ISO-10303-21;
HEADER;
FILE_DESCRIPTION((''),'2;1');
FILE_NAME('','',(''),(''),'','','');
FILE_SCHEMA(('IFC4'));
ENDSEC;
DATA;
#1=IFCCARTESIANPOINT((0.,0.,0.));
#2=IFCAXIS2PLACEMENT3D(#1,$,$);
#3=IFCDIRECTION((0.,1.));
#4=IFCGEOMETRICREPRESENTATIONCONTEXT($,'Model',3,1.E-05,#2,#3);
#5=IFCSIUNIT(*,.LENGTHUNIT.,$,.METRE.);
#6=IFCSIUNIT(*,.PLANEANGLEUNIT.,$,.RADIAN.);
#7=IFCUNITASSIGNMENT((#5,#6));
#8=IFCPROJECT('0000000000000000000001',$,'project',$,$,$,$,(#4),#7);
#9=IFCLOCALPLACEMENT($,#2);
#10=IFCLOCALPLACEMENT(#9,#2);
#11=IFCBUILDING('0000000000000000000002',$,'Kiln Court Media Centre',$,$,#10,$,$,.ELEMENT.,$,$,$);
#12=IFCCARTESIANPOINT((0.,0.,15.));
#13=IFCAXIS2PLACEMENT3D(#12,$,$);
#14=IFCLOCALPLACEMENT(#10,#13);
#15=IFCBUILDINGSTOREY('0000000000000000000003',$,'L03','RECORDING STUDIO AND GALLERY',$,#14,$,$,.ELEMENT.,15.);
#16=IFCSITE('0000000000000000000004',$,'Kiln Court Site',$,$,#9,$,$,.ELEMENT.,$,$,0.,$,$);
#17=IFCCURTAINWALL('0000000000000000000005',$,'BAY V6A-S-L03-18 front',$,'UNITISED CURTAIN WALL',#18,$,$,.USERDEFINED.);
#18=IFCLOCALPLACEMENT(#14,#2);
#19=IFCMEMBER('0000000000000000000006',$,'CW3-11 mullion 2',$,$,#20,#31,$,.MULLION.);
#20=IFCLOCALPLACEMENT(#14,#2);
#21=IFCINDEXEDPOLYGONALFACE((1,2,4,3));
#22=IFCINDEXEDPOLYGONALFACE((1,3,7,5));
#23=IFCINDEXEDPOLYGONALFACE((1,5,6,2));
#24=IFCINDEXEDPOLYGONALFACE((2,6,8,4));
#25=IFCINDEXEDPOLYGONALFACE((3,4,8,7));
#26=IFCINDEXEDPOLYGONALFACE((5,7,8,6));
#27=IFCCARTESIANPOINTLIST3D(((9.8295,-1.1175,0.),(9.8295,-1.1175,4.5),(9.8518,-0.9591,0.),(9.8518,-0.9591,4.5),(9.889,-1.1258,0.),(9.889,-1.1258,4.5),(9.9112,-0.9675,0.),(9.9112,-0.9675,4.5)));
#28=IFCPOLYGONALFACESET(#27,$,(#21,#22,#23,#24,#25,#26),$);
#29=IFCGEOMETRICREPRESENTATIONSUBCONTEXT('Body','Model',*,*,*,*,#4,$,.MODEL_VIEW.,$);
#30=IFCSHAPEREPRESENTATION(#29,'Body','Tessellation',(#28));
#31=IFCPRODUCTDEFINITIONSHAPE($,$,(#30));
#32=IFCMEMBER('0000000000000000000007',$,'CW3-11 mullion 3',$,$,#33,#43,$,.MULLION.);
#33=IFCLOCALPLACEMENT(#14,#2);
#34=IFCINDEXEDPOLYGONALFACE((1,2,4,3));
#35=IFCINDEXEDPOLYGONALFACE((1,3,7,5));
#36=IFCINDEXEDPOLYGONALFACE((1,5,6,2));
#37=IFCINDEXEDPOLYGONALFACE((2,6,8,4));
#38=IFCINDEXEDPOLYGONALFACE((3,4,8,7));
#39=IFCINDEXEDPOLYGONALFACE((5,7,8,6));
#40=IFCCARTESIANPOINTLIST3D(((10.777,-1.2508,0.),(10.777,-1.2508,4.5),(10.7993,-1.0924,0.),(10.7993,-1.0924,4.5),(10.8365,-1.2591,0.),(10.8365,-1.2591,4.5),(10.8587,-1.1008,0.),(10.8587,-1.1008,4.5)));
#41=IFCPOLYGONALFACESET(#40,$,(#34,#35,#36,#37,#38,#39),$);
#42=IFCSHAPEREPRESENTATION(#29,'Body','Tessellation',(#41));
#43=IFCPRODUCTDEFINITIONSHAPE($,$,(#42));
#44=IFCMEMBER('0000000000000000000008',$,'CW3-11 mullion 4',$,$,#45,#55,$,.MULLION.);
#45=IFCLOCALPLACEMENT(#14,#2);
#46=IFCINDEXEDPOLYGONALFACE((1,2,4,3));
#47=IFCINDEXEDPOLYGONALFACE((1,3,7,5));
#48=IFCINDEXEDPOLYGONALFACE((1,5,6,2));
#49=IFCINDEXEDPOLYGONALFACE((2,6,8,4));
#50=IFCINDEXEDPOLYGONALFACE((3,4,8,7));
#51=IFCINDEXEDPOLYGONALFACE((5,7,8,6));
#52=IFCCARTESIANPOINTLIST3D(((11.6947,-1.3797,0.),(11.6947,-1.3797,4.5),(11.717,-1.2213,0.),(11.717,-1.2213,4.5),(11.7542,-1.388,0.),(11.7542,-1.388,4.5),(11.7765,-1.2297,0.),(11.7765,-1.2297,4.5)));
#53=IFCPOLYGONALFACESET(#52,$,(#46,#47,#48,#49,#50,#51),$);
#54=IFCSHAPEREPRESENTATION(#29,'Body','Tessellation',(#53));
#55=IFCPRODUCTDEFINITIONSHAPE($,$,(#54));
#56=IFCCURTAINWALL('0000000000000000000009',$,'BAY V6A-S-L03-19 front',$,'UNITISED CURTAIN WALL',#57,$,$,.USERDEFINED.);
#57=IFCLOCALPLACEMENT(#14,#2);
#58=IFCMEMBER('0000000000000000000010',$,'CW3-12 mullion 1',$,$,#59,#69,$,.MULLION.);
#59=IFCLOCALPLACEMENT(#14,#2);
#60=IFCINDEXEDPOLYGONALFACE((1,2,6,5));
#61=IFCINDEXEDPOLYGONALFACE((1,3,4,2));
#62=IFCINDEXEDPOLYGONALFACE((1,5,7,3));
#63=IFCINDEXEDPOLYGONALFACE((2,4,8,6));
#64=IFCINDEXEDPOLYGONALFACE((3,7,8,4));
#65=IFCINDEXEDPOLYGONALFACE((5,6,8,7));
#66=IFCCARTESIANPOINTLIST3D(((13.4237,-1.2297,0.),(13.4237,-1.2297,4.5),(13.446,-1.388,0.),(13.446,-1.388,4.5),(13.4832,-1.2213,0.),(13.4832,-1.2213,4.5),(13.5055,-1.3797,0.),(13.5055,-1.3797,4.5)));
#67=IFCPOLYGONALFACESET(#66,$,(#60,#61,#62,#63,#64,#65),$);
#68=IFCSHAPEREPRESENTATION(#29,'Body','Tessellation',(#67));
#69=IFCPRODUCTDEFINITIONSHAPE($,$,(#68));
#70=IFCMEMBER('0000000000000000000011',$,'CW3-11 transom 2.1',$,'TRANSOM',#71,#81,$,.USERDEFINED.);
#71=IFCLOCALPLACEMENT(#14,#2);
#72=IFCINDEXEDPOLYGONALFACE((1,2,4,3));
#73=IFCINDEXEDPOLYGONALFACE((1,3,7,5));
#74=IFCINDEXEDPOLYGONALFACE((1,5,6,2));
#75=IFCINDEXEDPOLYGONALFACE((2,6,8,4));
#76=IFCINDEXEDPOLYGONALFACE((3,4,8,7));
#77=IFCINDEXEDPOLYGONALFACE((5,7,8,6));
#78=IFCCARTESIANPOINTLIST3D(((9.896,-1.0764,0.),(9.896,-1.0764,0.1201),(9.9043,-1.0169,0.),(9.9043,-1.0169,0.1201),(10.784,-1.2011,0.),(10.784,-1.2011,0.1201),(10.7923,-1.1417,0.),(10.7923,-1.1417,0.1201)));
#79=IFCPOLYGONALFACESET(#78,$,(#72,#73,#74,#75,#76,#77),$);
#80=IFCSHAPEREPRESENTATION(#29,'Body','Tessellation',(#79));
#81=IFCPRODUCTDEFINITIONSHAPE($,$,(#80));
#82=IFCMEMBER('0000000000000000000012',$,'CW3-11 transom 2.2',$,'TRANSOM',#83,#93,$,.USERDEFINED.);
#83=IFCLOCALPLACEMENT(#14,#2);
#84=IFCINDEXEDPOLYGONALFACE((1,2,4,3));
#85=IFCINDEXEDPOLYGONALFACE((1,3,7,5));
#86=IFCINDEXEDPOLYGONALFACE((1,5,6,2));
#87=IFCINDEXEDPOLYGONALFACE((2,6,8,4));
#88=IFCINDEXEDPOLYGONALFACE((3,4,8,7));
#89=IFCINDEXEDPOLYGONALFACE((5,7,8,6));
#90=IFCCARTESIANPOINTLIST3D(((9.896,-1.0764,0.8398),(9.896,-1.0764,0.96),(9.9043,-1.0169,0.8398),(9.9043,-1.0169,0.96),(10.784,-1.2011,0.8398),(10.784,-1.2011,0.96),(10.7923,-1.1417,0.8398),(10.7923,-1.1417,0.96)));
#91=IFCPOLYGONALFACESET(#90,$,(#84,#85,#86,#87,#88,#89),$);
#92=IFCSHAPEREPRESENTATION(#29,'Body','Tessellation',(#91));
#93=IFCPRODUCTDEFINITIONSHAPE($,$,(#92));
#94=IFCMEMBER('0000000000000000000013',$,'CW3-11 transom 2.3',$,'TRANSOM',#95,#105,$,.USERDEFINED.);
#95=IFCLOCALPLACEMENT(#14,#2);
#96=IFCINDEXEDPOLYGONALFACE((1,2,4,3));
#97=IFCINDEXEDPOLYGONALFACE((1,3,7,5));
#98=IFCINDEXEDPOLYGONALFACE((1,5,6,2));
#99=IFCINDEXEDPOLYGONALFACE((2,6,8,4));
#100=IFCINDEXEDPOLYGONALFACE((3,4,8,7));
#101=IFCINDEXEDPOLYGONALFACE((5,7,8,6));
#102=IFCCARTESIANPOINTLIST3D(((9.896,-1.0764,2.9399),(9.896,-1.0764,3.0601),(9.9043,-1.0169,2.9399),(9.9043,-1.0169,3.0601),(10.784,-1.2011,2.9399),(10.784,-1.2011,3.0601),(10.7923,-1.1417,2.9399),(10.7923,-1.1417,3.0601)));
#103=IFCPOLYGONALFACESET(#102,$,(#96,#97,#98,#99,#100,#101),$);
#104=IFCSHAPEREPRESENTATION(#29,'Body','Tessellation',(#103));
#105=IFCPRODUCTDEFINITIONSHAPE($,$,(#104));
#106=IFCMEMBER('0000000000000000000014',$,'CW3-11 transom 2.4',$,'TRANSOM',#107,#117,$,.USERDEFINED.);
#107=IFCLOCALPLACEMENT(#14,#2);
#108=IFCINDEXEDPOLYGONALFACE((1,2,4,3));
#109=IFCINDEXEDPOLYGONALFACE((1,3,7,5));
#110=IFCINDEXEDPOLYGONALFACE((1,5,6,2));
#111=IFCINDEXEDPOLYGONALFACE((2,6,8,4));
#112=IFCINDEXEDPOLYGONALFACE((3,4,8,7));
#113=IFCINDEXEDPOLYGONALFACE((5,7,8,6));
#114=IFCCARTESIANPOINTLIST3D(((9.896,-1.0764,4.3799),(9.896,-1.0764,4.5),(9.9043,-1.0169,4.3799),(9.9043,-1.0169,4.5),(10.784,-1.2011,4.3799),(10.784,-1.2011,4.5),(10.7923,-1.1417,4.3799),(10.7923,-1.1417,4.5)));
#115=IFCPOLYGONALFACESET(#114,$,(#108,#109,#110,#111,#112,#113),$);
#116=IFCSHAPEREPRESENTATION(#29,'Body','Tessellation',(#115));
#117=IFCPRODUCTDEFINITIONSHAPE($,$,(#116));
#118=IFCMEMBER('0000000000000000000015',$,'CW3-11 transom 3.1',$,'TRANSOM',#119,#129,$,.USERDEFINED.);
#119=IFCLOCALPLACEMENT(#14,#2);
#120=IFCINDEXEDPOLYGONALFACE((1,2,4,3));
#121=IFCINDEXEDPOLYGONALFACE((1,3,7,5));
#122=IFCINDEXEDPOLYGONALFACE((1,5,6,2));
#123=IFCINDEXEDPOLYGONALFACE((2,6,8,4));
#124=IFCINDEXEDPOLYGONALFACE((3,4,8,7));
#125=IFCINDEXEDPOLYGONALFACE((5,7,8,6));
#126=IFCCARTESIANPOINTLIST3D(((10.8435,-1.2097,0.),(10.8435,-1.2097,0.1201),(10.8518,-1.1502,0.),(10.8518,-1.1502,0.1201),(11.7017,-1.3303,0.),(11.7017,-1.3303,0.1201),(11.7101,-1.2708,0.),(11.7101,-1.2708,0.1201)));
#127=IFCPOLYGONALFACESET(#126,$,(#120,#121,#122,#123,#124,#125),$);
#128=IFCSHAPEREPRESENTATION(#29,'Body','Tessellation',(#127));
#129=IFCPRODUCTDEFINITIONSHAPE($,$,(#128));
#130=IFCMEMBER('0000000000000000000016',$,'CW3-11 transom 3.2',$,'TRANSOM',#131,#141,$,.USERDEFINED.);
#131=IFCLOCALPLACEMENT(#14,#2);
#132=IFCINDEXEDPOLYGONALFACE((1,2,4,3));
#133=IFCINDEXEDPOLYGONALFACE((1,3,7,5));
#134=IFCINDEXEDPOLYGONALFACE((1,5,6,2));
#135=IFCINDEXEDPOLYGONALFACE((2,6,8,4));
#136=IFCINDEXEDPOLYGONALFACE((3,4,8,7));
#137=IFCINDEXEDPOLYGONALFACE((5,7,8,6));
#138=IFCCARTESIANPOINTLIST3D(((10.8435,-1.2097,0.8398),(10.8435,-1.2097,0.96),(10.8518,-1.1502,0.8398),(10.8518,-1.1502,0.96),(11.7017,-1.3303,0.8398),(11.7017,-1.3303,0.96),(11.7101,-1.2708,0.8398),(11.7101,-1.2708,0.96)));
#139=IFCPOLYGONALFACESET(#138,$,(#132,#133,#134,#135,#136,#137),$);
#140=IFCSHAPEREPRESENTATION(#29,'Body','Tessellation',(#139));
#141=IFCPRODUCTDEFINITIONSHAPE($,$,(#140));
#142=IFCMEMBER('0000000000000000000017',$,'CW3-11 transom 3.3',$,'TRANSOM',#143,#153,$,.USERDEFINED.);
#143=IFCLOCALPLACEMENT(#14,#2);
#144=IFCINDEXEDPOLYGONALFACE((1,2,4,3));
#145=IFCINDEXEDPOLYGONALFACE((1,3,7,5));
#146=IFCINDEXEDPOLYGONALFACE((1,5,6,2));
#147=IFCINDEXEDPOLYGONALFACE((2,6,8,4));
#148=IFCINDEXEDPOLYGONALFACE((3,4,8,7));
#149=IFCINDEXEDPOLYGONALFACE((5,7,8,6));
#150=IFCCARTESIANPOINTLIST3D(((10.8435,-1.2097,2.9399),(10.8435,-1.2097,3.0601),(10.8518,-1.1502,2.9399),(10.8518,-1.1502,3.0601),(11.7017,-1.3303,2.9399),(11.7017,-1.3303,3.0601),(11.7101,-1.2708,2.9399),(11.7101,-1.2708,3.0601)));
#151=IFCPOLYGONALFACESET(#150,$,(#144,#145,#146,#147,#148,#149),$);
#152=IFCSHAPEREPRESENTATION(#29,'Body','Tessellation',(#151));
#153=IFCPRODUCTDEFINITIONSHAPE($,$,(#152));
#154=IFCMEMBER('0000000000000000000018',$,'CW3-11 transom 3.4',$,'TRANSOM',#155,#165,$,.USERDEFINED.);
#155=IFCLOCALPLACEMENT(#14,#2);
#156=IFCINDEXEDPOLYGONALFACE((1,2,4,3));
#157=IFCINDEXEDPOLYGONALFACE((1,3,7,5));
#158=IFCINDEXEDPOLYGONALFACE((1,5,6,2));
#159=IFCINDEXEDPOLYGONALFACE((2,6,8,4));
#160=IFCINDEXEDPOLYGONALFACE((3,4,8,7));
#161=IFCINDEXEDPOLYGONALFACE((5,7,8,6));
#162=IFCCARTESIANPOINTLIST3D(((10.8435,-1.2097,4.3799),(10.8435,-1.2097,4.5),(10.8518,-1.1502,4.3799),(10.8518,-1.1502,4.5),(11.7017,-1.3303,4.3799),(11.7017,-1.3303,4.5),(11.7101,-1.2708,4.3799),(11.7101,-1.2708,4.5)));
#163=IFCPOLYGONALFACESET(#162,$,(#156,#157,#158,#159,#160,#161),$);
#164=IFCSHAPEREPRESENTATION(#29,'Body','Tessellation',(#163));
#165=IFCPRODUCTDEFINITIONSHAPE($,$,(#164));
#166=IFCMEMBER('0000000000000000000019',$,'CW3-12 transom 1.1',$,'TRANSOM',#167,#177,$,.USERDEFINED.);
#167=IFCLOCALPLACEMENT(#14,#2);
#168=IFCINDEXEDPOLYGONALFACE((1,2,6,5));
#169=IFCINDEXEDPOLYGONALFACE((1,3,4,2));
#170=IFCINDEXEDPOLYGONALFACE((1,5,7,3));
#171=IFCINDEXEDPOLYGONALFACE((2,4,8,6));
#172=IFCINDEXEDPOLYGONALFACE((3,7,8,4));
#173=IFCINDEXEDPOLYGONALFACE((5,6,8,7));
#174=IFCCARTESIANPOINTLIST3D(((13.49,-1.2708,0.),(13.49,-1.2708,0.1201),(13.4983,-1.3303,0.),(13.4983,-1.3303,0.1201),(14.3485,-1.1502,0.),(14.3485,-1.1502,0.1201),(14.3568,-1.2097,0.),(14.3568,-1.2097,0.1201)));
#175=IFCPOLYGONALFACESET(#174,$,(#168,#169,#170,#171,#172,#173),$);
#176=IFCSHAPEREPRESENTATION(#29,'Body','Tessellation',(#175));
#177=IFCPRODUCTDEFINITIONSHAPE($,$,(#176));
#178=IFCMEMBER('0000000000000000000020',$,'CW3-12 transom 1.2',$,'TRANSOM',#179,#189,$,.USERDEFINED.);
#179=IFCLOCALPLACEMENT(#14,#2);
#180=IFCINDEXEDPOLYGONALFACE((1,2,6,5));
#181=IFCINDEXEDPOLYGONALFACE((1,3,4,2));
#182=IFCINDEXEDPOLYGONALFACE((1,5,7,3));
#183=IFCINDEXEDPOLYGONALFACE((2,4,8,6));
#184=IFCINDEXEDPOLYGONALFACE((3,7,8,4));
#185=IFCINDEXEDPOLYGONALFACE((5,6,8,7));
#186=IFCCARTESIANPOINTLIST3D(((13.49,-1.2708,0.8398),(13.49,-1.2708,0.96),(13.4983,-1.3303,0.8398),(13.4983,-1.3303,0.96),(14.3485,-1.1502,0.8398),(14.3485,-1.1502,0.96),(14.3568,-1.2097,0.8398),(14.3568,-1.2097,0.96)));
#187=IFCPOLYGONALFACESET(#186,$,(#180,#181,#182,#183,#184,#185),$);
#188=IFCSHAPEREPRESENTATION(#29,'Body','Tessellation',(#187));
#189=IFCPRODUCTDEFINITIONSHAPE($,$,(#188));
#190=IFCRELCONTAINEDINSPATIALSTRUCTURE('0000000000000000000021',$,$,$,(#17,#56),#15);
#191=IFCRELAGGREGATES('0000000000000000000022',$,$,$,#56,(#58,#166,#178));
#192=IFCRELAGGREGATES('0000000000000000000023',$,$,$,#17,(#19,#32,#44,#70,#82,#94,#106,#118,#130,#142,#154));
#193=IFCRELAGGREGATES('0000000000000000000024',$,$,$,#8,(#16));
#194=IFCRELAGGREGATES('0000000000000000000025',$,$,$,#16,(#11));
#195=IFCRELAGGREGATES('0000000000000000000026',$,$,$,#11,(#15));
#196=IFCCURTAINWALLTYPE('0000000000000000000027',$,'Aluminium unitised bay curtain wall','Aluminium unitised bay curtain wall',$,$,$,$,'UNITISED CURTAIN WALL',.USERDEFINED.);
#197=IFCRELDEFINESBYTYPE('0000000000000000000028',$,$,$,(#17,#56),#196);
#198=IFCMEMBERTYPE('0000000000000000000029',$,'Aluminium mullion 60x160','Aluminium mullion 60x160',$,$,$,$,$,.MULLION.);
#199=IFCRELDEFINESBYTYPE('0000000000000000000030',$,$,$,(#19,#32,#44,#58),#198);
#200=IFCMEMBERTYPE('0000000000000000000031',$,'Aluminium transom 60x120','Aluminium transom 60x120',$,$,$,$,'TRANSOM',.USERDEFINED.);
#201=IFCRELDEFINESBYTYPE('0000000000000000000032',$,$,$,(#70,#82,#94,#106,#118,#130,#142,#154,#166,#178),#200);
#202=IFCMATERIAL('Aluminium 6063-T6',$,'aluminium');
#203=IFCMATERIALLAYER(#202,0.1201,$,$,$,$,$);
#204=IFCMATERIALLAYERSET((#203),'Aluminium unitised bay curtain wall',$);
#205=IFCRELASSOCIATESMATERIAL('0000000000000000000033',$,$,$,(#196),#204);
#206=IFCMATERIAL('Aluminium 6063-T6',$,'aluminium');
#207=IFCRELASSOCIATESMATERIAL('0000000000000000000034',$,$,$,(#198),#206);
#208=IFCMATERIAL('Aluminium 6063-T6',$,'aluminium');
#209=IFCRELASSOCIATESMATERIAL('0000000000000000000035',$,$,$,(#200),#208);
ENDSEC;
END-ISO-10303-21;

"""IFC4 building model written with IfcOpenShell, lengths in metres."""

from ifc_helpers import new_model, si_unit, direction, frame, origin, origin_2d, place, context, subcontext, project, spatial, rectangle, extrude, material, layer, layer_set, material_profile, profile_set, type_object, element, aggregate, save


model = new_model("IFC4")

# Units and contexts
model_context = context("Model", 3, precision=1e-05, world=origin(), true_north=direction((0.0, 1.0)))
body_context = subcontext(model_context, "Body", "Model", "MODEL_VIEW")
ifc_project = project(units=[si_unit("LENGTHUNIT", "METRE"), si_unit("PLANEANGLEUNIT", "RADIAN")], contexts=[model_context])

# Site, building, storey
site_placement = place(None, origin())
site = spatial("IfcSite", under=ifc_project, at=site_placement, Name="Kiln Court Site", CompositionType="ELEMENT", RefElevation=0.0)
building_placement = place(site_placement, origin())
building = spatial("IfcBuilding", under=site, at=building_placement, Name="Kiln Court Media Centre", CompositionType="ELEMENT")
storey_placement = place(building_placement, frame((0.0, 0.0, 15.0)))
storey = spatial("IfcBuildingStorey", under=building, at=storey_placement, Name="L03", Description="RECORDING STUDIO AND GALLERY", CompositionType="ELEMENT", Elevation=15.0)

# Curtain wall, members
ifc_material_1 = material(Name="Aluminium 6063-T6", Category="aluminium")
ifc_layer_1 = layer(ifc_material_1, 0.1201)
ifc_layer_set_1 = layer_set([ifc_layer_1], Name="Aluminium unitised bay curtain wall")
curtain_wall_type = type_object("IfcCurtainWallType", Name="Aluminium unitised bay curtain wall", Description="Aluminium unitised bay curtain wall", ElementType="UNITISED CURTAIN WALL", PredefinedType="USERDEFINED", material=ifc_layer_set_1)
curtain_wall_1_placement = place(storey_placement, origin())
curtain_wall_1 = element("IfcCurtainWall", 1, at=curtain_wall_1_placement, inside=storey, type_object=curtain_wall_type, Name="BAY V6A-S-L03-18 front", ObjectType="UNITISED CURTAIN WALL", PredefinedType="USERDEFINED")
ifc_material_2 = material(Name="Aluminium 6063-T6", Category="aluminium")
ifc_material_profile_1 = material_profile(ifc_material_2, rectangle(XDim=0.0601, YDim=0.1599, at=origin_2d()), Name="Aluminium mullion 60x160")
ifc_profile_set_1 = profile_set([ifc_material_profile_1], Name="Aluminium 6063-T6")
member_type_1 = type_object("IfcMemberType", Name="Aluminium mullion 60x160", Description="Aluminium mullion 60x160", PredefinedType="MULLION", material=ifc_profile_set_1)
member_1_placement = place(storey_placement, frame((9.8704, -1.0425, 0.0), z_axis=(0.0, 0.0, 1.0), x_axis=(0.99027, -0.139162, 0.0)))
member_1 = element("IfcMember", 2, at=member_1_placement, type_object=member_type_1, Name="CW3-11 mullion 2", PredefinedType="MULLION", context=body_context, shape_type="SweptSolid", body=[
    extrude(rectangle(XDim=0.0601, YDim=0.1599, at=origin_2d()), origin(), (0.0, 0.0, 1.0), 4.5),
])
member_2_placement = place(storey_placement, frame((10.8179, -1.1758, 0.0), z_axis=(0.0, 0.0, 1.0), x_axis=(0.99027, -0.139162, 0.0)))
member_2 = element("IfcMember", 3, at=member_2_placement, type_object=member_type_1, Name="CW3-11 mullion 3", PredefinedType="MULLION", context=body_context, shape_type="SweptSolid", body=[
    extrude(rectangle(XDim=0.0601, YDim=0.1599, at=origin_2d()), origin(), (0.0, 0.0, 1.0), 4.5),
])
member_3_placement = place(storey_placement, frame((11.7356, -1.3047, 0.0), z_axis=(0.0, 0.0, 1.0), x_axis=(0.99027, -0.139162, 0.0)))
member_3 = element("IfcMember", 4, at=member_3_placement, type_object=member_type_1, Name="CW3-11 mullion 4", PredefinedType="MULLION", context=body_context, shape_type="SweptSolid", body=[
    extrude(rectangle(XDim=0.0601, YDim=0.1599, at=origin_2d()), origin(), (0.0, 0.0, 1.0), 4.5),
])

# Curtain wall, member
curtain_wall_2_placement = place(storey_placement, origin())
curtain_wall_2 = element("IfcCurtainWall", 5, at=curtain_wall_2_placement, inside=storey, type_object=curtain_wall_type, Name="BAY V6A-S-L03-19 front", ObjectType="UNITISED CURTAIN WALL", PredefinedType="USERDEFINED")
member_4_placement = place(storey_placement, frame((13.4646, -1.3047, 0.0), z_axis=(0.0, 0.0, 1.0), x_axis=(0.99027, 0.139162, 0.0)))
member_4 = element("IfcMember", 6, at=member_4_placement, type_object=member_type_1, Name="CW3-12 mullion 1", PredefinedType="MULLION", context=body_context, shape_type="SweptSolid", body=[
    extrude(rectangle(XDim=0.0601, YDim=0.1599, at=origin_2d()), origin(), (0.0, 0.0, 1.0), 4.5),
])

# Members
ifc_material_3 = material(Name="Aluminium 6063-T6", Category="aluminium")
ifc_material_profile_2 = material_profile(ifc_material_3, rectangle(XDim=0.0601, YDim=0.1201, at=origin_2d()), Name="Aluminium transom 60x120")
ifc_profile_set_2 = profile_set([ifc_material_profile_2], Name="Aluminium 6063-T6")
member_type_2 = type_object("IfcMemberType", Name="Aluminium transom 60x120", Description="Aluminium transom 60x120", ElementType="TRANSOM", PredefinedType="USERDEFINED", material=ifc_profile_set_2)
member_5_placement = place(storey_placement, frame((9.9001, -1.0466, 0.0601), z_axis=(0.990274, -0.139134, 0.0), x_axis=(0.139134, 0.990274, 0.0)))
member_5 = element("IfcMember", 7, at=member_5_placement, type_object=member_type_2, Name="CW3-11 transom 2.1", ObjectType="TRANSOM", PredefinedType="USERDEFINED", context=body_context, shape_type="SweptSolid", body=[
    extrude(rectangle(XDim=0.0601, YDim=0.1201, at=origin_2d()), origin(), (0.0, 0.0, 1.0), 0.8967),
])
member_6_placement = place(storey_placement, frame((9.9001, -1.0466, 0.8999), z_axis=(0.990274, -0.139134, 0.0), x_axis=(0.139134, 0.990274, 0.0)))
member_6 = element("IfcMember", 8, at=member_6_placement, type_object=member_type_2, Name="CW3-11 transom 2.2", ObjectType="TRANSOM", PredefinedType="USERDEFINED", context=body_context, shape_type="SweptSolid", body=[
    extrude(rectangle(XDim=0.0601, YDim=0.1201, at=origin_2d()), origin(), (0.0, 0.0, 1.0), 0.8967),
])
member_7_placement = place(storey_placement, frame((9.9001, -1.0466, 3.0), z_axis=(0.990274, -0.139134, 0.0), x_axis=(0.139134, 0.990274, 0.0)))
member_7 = element("IfcMember", 9, at=member_7_placement, type_object=member_type_2, Name="CW3-11 transom 2.3", ObjectType="TRANSOM", PredefinedType="USERDEFINED", context=body_context, shape_type="SweptSolid", body=[
    extrude(rectangle(XDim=0.0601, YDim=0.1201, at=origin_2d()), origin(), (0.0, 0.0, 1.0), 0.8967),
])
member_8_placement = place(storey_placement, frame((9.9001, -1.0466, 4.4399), z_axis=(0.990274, -0.139134, 0.0), x_axis=(0.139134, 0.990274, 0.0)))
member_8 = element("IfcMember", 10, at=member_8_placement, type_object=member_type_2, Name="CW3-11 transom 2.4", ObjectType="TRANSOM", PredefinedType="USERDEFINED", context=body_context, shape_type="SweptSolid", body=[
    extrude(rectangle(XDim=0.0601, YDim=0.1201, at=origin_2d()), origin(), (0.0, 0.0, 1.0), 0.8967),
])
member_9_placement = place(storey_placement, frame((10.8477, -1.1799, 0.0601), z_axis=(0.990268, -0.139173, 0.0), x_axis=(0.139173, 0.990268, 0.0)))
member_9 = element("IfcMember", 11, at=member_9_placement, type_object=member_type_2, Name="CW3-11 transom 3.1", ObjectType="TRANSOM", PredefinedType="USERDEFINED", context=body_context, shape_type="SweptSolid", body=[
    extrude(rectangle(XDim=0.0601, YDim=0.1201, at=origin_2d()), origin(), (0.0, 0.0, 1.0), 0.8667),
])
member_10_placement = place(storey_placement, frame((10.8477, -1.1799, 0.8999), z_axis=(0.990268, -0.139173, 0.0), x_axis=(0.139173, 0.990268, 0.0)))
member_10 = element("IfcMember", 12, at=member_10_placement, type_object=member_type_2, Name="CW3-11 transom 3.2", ObjectType="TRANSOM", PredefinedType="USERDEFINED", context=body_context, shape_type="SweptSolid", body=[
    extrude(rectangle(XDim=0.0601, YDim=0.1201, at=origin_2d()), origin(), (0.0, 0.0, 1.0), 0.8667),
])
member_11_placement = place(storey_placement, frame((10.8477, -1.1799, 3.0), z_axis=(0.990268, -0.139173, 0.0), x_axis=(0.139173, 0.990268, 0.0)))
member_11 = element("IfcMember", 13, at=member_11_placement, type_object=member_type_2, Name="CW3-11 transom 3.3", ObjectType="TRANSOM", PredefinedType="USERDEFINED", context=body_context, shape_type="SweptSolid", body=[
    extrude(rectangle(XDim=0.0601, YDim=0.1201, at=origin_2d()), origin(), (0.0, 0.0, 1.0), 0.8667),
])
member_12_placement = place(storey_placement, frame((10.8477, -1.1799, 4.4399), z_axis=(0.990268, -0.139173, 0.0), x_axis=(0.139173, 0.990268, 0.0)))
member_12 = element("IfcMember", 14, at=member_12_placement, type_object=member_type_2, Name="CW3-11 transom 3.4", ObjectType="TRANSOM", PredefinedType="USERDEFINED", context=body_context, shape_type="SweptSolid", body=[
    extrude(rectangle(XDim=0.0601, YDim=0.1201, at=origin_2d()), origin(), (0.0, 0.0, 1.0), 0.8667),
])
member_13_placement = place(storey_placement, frame((13.4941, -1.3005, 0.0601), z_axis=(0.990274, 0.139134, 0.0), x_axis=(-0.139134, 0.990274, 0.0)))
member_13 = element("IfcMember", 15, at=member_13_placement, type_object=member_type_2, Name="CW3-12 transom 1.1", ObjectType="TRANSOM", PredefinedType="USERDEFINED", context=body_context, shape_type="SweptSolid", body=[
    extrude(rectangle(XDim=0.0601, YDim=0.1201, at=origin_2d()), origin(), (0.0, 0.0, 1.0), 0.8669),
])
member_14_placement = place(storey_placement, frame((13.4941, -1.3005, 0.8999), z_axis=(0.990274, 0.139134, 0.0), x_axis=(-0.139134, 0.990274, 0.0)))
member_14 = element("IfcMember", 16, at=member_14_placement, type_object=member_type_2, Name="CW3-12 transom 1.2", ObjectType="TRANSOM", PredefinedType="USERDEFINED", context=body_context, shape_type="SweptSolid", body=[
    extrude(rectangle(XDim=0.0601, YDim=0.1201, at=origin_2d()), origin(), (0.0, 0.0, 1.0), 0.8669),
])
aggregate(curtain_wall_2, [member_4, member_13, member_14])

aggregate(curtain_wall_1, [member_1, member_2, member_3, member_5, member_6, member_7, member_8, member_9, member_10, member_11, member_12])

save(model, "model.ifc")
